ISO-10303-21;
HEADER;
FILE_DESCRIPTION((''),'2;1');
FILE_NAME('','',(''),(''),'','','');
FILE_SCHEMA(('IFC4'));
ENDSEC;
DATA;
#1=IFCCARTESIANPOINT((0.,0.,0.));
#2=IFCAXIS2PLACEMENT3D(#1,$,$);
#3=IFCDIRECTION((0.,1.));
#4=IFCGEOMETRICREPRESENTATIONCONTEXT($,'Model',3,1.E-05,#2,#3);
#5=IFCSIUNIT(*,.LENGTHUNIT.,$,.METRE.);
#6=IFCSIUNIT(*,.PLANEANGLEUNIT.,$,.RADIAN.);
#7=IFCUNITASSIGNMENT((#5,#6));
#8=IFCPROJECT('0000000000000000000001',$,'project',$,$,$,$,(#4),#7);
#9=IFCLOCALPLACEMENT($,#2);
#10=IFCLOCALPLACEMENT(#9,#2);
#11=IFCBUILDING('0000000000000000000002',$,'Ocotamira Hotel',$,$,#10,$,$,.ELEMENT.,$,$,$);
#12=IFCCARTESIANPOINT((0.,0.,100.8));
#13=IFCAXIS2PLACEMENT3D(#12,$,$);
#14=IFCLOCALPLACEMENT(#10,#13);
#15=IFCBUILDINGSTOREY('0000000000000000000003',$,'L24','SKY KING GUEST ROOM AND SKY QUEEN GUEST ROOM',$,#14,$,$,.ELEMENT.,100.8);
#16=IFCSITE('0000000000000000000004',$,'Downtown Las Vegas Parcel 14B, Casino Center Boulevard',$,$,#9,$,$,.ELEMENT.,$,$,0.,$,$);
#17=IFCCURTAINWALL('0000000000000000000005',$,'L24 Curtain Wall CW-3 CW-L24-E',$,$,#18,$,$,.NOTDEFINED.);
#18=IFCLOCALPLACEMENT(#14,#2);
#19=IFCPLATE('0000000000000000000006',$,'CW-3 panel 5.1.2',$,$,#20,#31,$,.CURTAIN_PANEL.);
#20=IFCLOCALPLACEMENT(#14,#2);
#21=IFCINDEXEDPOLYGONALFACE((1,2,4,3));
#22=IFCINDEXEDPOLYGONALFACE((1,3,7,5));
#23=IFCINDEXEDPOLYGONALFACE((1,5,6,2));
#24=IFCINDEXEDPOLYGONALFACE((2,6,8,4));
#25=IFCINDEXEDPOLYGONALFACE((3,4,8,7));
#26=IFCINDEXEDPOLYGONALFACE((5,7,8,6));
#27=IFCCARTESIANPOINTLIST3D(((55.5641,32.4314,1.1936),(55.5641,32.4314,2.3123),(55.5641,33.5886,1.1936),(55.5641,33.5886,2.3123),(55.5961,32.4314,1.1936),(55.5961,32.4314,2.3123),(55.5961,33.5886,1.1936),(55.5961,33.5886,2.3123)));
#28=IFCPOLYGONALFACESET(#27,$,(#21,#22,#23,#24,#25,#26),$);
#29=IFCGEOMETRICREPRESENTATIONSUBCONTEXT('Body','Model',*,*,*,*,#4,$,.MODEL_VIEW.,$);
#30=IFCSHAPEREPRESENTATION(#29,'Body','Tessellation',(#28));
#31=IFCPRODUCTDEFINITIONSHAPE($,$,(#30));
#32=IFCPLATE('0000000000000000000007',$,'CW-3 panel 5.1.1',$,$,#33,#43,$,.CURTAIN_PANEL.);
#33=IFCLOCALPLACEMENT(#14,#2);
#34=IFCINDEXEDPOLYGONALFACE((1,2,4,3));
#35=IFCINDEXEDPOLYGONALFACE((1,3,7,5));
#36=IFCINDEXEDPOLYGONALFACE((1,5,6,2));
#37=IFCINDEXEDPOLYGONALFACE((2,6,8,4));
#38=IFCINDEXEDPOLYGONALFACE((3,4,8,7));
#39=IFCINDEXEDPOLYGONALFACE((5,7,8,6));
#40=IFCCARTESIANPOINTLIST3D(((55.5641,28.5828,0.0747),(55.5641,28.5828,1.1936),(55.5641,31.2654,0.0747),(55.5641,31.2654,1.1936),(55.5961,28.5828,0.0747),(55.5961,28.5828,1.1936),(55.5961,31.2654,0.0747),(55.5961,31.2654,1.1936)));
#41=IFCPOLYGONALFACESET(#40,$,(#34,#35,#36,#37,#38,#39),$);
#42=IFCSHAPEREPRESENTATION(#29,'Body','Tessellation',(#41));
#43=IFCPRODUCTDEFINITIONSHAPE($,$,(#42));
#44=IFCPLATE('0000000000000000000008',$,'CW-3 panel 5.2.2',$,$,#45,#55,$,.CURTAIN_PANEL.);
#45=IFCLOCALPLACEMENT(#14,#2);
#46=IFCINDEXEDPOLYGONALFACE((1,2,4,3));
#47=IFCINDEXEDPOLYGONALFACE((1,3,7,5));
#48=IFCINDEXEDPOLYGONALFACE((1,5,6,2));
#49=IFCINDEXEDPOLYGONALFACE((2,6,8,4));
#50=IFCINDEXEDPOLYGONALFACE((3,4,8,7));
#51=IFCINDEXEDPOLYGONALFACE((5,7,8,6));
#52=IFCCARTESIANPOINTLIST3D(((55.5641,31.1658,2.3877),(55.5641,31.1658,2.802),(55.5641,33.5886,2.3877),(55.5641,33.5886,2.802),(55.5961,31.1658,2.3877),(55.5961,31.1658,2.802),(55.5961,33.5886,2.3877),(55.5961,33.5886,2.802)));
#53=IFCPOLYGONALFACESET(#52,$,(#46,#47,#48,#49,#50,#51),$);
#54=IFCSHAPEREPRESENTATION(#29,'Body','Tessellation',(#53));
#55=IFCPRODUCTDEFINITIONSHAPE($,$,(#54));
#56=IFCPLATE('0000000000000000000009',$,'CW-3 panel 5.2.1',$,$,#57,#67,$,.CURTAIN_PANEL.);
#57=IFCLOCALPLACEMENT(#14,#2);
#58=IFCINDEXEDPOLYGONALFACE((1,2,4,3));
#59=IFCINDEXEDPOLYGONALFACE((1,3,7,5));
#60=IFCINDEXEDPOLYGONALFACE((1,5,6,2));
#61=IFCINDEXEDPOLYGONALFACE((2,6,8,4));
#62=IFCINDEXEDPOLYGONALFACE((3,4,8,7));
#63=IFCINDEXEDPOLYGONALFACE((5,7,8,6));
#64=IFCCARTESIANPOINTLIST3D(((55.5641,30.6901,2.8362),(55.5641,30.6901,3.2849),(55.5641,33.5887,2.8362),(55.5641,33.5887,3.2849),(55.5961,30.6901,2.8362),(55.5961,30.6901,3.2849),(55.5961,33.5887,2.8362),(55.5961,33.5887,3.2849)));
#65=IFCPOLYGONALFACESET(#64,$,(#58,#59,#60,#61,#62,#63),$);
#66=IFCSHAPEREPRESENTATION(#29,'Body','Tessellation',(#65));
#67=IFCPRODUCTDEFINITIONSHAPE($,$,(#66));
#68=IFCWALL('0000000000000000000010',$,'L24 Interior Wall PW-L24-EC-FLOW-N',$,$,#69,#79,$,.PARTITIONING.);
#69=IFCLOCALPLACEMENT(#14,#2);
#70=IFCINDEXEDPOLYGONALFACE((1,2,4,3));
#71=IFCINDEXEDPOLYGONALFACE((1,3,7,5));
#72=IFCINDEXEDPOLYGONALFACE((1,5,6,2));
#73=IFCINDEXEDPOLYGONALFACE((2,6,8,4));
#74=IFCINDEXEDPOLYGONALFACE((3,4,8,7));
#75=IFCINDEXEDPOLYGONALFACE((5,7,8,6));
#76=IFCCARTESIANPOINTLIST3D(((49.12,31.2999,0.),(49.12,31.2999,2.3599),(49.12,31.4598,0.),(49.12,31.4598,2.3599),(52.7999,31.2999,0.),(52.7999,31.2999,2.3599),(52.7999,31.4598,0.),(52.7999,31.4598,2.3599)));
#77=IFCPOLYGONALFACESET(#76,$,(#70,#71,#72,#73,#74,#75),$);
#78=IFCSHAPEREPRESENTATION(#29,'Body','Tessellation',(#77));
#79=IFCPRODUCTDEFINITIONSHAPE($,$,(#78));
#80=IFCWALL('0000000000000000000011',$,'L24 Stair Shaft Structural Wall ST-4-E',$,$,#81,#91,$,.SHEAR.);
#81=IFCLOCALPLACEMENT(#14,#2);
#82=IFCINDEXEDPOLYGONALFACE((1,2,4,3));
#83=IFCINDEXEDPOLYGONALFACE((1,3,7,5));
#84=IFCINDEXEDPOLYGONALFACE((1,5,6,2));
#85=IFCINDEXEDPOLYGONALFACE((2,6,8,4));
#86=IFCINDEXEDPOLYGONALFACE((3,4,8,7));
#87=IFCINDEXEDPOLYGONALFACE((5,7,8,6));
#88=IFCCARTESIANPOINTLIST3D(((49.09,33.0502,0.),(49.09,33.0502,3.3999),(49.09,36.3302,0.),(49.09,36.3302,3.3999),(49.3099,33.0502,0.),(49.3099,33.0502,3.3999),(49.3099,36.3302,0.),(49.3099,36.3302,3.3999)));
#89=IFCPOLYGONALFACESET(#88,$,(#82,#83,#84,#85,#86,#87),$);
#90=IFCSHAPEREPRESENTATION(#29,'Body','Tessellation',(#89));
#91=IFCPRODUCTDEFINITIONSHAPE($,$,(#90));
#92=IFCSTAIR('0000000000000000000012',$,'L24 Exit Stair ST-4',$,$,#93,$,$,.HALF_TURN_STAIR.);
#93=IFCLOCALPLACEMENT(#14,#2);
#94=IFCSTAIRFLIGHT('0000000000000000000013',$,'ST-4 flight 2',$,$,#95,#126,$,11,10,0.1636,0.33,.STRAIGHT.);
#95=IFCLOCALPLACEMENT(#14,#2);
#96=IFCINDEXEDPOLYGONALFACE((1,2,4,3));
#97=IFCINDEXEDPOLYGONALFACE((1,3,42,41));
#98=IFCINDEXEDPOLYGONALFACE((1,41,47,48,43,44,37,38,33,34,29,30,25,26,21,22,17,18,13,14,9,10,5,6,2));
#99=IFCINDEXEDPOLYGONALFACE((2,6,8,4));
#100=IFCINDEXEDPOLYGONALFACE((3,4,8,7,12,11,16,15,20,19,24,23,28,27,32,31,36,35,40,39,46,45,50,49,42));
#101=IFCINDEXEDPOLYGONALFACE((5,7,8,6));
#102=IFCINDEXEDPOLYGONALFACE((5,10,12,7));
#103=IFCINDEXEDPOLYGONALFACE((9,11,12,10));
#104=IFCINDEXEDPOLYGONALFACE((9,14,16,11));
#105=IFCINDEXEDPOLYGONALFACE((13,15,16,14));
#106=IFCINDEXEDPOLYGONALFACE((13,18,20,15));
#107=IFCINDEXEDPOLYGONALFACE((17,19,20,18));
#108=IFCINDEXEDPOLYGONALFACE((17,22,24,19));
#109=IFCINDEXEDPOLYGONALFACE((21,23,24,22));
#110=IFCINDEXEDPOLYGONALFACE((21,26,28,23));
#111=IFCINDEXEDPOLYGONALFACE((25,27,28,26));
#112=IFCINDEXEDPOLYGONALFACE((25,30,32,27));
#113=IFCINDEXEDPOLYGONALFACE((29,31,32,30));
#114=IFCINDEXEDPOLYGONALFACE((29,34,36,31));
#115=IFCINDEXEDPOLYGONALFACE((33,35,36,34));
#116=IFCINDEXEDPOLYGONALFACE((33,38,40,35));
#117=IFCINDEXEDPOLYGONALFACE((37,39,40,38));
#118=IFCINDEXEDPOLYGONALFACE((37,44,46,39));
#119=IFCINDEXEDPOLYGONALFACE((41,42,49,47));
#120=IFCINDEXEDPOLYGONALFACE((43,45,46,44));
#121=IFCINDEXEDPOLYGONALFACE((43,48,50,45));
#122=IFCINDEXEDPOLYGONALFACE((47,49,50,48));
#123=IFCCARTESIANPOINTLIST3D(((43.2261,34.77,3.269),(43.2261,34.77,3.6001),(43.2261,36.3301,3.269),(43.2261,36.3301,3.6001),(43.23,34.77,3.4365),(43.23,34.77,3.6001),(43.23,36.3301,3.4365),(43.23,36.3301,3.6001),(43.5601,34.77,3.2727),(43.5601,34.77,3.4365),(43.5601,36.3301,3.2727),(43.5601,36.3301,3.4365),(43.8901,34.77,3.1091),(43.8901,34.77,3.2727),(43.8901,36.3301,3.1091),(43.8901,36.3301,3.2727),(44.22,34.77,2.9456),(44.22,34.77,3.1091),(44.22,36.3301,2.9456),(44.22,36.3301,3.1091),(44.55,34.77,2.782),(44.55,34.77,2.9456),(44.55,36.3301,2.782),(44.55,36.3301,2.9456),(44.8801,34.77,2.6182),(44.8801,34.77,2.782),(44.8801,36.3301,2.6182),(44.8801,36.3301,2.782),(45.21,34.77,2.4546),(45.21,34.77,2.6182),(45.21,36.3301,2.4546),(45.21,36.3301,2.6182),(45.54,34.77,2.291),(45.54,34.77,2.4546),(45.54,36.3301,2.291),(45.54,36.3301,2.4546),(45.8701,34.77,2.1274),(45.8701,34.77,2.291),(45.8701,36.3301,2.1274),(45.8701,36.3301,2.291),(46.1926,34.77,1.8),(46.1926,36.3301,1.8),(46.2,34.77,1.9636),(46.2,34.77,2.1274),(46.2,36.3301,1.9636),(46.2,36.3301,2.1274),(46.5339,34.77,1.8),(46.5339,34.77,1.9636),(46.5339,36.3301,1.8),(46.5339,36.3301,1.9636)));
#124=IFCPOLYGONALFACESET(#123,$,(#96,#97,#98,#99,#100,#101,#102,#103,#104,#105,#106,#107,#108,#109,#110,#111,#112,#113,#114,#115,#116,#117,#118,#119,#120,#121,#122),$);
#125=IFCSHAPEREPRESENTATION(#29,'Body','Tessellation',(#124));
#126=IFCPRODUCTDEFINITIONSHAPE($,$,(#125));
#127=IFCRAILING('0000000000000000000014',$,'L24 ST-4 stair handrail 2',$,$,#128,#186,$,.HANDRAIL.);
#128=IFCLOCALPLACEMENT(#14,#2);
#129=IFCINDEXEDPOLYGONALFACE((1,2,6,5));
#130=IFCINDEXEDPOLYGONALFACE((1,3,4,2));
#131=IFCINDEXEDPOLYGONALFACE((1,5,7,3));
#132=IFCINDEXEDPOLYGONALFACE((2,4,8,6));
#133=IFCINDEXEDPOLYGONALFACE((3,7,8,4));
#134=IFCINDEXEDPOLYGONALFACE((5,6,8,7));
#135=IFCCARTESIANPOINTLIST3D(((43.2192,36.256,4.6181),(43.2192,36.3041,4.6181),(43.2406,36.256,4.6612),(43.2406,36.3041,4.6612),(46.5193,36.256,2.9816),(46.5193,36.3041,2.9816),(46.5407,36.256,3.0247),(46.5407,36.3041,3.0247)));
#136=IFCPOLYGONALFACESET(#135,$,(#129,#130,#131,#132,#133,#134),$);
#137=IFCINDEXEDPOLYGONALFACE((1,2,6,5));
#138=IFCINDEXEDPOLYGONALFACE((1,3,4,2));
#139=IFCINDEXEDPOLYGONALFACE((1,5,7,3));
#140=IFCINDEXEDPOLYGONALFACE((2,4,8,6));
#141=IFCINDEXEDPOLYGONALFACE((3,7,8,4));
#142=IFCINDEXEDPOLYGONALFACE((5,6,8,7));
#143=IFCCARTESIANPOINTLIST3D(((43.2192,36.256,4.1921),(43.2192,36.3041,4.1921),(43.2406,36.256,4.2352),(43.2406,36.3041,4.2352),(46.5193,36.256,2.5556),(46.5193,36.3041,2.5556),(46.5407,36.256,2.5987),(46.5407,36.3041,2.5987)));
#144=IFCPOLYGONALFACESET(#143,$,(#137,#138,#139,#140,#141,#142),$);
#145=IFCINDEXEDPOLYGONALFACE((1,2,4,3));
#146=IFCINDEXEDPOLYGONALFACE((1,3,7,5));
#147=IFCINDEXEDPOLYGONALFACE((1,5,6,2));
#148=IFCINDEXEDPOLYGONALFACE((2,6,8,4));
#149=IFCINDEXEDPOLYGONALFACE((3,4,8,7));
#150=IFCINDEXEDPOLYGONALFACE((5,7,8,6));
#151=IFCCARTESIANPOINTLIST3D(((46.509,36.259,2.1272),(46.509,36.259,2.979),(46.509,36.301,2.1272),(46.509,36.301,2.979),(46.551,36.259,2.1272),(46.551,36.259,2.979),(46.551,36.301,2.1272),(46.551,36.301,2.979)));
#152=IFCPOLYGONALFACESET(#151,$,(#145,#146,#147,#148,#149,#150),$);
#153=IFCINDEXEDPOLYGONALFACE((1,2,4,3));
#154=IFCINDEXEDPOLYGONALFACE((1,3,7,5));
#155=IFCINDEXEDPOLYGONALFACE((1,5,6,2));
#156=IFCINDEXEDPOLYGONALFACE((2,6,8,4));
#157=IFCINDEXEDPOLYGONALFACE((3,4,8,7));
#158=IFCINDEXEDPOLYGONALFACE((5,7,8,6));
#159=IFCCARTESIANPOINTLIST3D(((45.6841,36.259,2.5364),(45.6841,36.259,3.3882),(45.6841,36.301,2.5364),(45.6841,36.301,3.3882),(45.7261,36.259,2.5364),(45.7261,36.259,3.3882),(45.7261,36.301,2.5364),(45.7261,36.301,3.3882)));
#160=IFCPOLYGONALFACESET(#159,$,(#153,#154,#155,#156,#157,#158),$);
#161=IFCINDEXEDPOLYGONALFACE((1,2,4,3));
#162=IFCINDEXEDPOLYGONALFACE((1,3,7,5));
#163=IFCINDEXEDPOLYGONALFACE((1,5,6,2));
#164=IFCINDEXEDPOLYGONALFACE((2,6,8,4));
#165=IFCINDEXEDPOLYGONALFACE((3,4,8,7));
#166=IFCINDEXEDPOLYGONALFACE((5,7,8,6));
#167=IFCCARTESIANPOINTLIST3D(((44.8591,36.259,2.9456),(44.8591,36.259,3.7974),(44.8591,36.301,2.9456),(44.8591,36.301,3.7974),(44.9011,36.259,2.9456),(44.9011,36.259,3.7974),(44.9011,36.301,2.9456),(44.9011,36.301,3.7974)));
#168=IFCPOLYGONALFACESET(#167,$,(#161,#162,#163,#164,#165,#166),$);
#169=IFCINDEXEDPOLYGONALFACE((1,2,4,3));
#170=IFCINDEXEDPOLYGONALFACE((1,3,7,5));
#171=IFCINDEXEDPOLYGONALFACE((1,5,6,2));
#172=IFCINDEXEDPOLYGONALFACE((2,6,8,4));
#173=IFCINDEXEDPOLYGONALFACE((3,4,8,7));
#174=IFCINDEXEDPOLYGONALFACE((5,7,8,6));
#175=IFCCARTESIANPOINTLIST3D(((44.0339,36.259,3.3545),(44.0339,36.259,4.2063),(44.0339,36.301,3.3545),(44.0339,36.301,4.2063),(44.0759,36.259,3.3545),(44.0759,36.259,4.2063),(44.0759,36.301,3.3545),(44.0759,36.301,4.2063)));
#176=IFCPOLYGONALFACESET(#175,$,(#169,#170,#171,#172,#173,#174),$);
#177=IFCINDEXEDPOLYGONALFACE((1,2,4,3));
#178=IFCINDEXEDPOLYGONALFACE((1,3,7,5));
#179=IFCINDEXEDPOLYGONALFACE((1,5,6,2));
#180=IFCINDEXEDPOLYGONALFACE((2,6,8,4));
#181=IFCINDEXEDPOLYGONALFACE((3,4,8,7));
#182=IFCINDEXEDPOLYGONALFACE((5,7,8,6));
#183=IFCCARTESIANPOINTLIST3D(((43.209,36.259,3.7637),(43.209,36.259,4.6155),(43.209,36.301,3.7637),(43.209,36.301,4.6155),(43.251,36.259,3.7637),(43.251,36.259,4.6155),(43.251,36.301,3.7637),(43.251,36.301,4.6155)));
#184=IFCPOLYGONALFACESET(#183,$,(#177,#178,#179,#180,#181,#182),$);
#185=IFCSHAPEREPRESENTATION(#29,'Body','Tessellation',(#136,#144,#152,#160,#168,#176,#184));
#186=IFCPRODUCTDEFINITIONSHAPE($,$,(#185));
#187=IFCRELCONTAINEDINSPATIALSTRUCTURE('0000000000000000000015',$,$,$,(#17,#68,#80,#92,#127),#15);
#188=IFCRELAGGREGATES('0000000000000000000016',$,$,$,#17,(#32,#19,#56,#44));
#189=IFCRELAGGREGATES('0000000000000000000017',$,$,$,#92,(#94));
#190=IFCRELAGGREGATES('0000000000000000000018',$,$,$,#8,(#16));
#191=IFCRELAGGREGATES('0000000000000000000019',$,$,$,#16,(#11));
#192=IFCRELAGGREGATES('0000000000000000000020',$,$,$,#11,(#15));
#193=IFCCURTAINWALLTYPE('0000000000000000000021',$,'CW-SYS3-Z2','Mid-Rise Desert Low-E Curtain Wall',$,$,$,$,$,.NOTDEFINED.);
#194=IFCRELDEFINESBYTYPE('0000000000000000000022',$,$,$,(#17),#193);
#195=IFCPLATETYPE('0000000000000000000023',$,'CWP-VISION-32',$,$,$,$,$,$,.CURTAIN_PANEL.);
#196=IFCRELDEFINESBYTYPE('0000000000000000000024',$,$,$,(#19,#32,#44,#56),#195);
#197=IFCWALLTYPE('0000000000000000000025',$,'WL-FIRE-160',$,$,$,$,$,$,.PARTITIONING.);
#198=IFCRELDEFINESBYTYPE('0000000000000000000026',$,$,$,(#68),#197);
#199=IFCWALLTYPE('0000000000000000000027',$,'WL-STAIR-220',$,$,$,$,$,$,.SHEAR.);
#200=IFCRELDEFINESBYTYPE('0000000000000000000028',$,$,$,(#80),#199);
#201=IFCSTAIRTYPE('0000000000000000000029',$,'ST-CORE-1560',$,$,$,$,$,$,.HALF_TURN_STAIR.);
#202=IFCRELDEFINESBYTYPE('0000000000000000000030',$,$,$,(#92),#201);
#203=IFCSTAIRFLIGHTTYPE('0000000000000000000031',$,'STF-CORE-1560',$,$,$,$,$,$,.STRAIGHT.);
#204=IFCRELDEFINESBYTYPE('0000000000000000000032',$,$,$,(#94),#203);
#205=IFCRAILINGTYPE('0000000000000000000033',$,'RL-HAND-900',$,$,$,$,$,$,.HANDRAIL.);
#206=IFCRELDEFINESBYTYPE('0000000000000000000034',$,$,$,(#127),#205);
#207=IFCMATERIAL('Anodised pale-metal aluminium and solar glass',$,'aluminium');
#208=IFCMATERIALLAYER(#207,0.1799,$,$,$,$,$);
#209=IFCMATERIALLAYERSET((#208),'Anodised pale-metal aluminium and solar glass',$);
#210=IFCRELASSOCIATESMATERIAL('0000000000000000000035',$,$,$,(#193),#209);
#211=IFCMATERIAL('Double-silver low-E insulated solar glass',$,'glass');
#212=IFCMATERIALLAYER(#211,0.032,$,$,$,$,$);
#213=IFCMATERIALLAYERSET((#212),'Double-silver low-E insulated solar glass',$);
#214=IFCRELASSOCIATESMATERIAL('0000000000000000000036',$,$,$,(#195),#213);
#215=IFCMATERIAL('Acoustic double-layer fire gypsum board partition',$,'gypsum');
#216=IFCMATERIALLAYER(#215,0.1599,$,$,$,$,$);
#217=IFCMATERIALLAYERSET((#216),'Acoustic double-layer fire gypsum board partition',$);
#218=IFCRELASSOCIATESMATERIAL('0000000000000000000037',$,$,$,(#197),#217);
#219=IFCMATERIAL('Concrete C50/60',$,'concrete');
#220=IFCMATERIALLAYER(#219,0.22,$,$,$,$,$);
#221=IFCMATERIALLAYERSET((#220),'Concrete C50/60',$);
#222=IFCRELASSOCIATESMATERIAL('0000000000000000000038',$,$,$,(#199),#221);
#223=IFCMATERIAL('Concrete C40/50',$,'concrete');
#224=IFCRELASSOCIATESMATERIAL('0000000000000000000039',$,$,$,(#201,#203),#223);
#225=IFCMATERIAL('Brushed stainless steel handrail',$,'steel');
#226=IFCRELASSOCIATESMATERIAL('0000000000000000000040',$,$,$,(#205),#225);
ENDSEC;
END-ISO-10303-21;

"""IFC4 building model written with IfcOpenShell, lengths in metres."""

from ifc_helpers import new_model, si_unit, direction, frame, frame_2d, origin, origin_2d, place, context, subcontext, project, spatial, polyline, rectangle, outline, extrude, source, transform, mapped, material, layer, layer_set, type_object, element, aggregate, save


model = new_model("IFC4")

# Units and contexts
model_context = context("Model", 3, precision=1e-05, world=origin(), true_north=direction((0.0, 1.0)))
body_context = subcontext(model_context, "Body", "Model", "MODEL_VIEW")
ifc_project = project(units=[si_unit("LENGTHUNIT", "METRE"), si_unit("PLANEANGLEUNIT", "RADIAN")], contexts=[model_context])

# Site, building, storey
site_placement = place(None, origin())
site = spatial("IfcSite", under=ifc_project, at=site_placement, Name="Downtown Las Vegas Parcel 14B, Casino Center Boulevard", CompositionType="ELEMENT", RefElevation=0.0)
building_placement = place(site_placement, origin())
building = spatial("IfcBuilding", under=site, at=building_placement, Name="Ocotamira Hotel", CompositionType="ELEMENT")
storey_placement = place(building_placement, frame((0.0, 0.0, 100.8)))
storey = spatial("IfcBuildingStorey", under=building, at=storey_placement, Name="L24", Description="SKY KING GUEST ROOM AND SKY QUEEN GUEST ROOM", CompositionType="ELEMENT", Elevation=100.8)

# Curtain wall
ifc_material_1 = material(Name="Anodised pale-metal aluminium and solar glass", Category="aluminium")
ifc_layer_1 = layer(ifc_material_1, 0.1799)
ifc_layer_set_1 = layer_set([ifc_layer_1], Name="Anodised pale-metal aluminium and solar glass")
curtain_wall_type = type_object("IfcCurtainWallType", Name="CW-SYS3-Z2", Description="Mid-Rise Desert Low-E Curtain Wall", PredefinedType="NOTDEFINED", material=ifc_layer_set_1)
curtain_wall_placement = place(storey_placement, origin())
curtain_wall = element("IfcCurtainWall", 1, at=curtain_wall_placement, inside=storey, type_object=curtain_wall_type, Name="L24 Curtain Wall CW-3 CW-L24-E", PredefinedType="NOTDEFINED")

# Plates
ifc_material_2 = material(Name="Double-silver low-E insulated solar glass", Category="glass")
ifc_layer_2 = layer(ifc_material_2, 0.032)
ifc_layer_set_2 = layer_set([ifc_layer_2], Name="Double-silver low-E insulated solar glass")
plate_type_1 = type_object("IfcPlateType", Name="CWP-VISION-32", PredefinedType="CURTAIN_PANEL", material=ifc_layer_set_2)
shared_shape_1 = source(origin(), body_context, "Body", "SweptSolid", [
    extrude(rectangle(XDim=1.1572, YDim=0.032, at=origin_2d()), origin(), (0.0, 0.0, 1.0), 1.1187),
])
plate_1_placement = place(storey_placement, frame((55.5801, 33.01, 1.1936), z_axis=(0.0, 0.0, 1.0), x_axis=(0.0, 1.0, 0.0)))
plate_1 = element("IfcPlate", 2, at=plate_1_placement, type_object=plate_type_1, Name="CW-3 panel 5.1.2", PredefinedType="CURTAIN_PANEL", context=body_context, shape_type="MappedRepresentation", body=[
    mapped(shared_shape_1, transform((0.0, 0.0, 0.0), scale=1.0)),
])
shared_shape_2 = source(origin(), body_context, "Body", "SweptSolid", [
    extrude(rectangle(XDim=2.6826, YDim=0.032, at=origin_2d()), origin(), (0.0, 0.0, 1.0), 1.1189),
])
plate_2_placement = place(storey_placement, frame((55.5801, 29.9241, 0.0747), z_axis=(0.0, 0.0, 1.0), x_axis=(0.0, 1.0, 0.0)))
plate_2 = element("IfcPlate", 3, at=plate_2_placement, type_object=plate_type_1, Name="CW-3 panel 5.1.1", PredefinedType="CURTAIN_PANEL", context=body_context, shape_type="MappedRepresentation", body=[
    mapped(shared_shape_2, transform((0.0, 0.0, 0.0), scale=1.0)),
])
shared_shape_3 = source(origin(), body_context, "Body", "SweptSolid", [
    extrude(rectangle(XDim=2.4229, YDim=0.032, at=origin_2d()), origin(), (0.0, 0.0, 1.0), 0.4143),
])
plate_3_placement = place(storey_placement, frame((55.5801, 32.3772, 2.3877), z_axis=(0.0, 0.0, 1.0), x_axis=(0.0, 1.0, 0.0)))
plate_3 = element("IfcPlate", 4, at=plate_3_placement, type_object=plate_type_1, Name="CW-3 panel 5.2.2", PredefinedType="CURTAIN_PANEL", context=body_context, shape_type="MappedRepresentation", body=[
    mapped(shared_shape_3, transform((0.0, 0.0, 0.0), scale=1.0)),
])
shared_shape_4 = source(origin(), body_context, "Body", "SweptSolid", [
    extrude(rectangle(XDim=2.8987, YDim=0.032, at=origin_2d()), origin(), (0.0, 0.0, 1.0), 0.4487),
])
plate_4_placement = place(storey_placement, frame((55.5801, 32.1394, 2.8362), z_axis=(0.0, 0.0, 1.0), x_axis=(0.0, 1.0, 0.0)))
plate_4 = element("IfcPlate", 5, at=plate_4_placement, type_object=plate_type_1, Name="CW-3 panel 5.2.1", PredefinedType="CURTAIN_PANEL", context=body_context, shape_type="MappedRepresentation", body=[
    mapped(shared_shape_4, transform((0.0, 0.0, 0.0), scale=1.0)),
])
aggregate(curtain_wall, [plate_2, plate_1, plate_4, plate_3])

# Wall
ifc_material_3 = material(Name="Acoustic double-layer fire gypsum board partition", Category="gypsum")
ifc_layer_3 = layer(ifc_material_3, 0.1599)
ifc_layer_set_3 = layer_set([ifc_layer_3], Name="Acoustic double-layer fire gypsum board partition")
wall_type_1 = type_object("IfcWallType", Name="WL-FIRE-160", PredefinedType="PARTITIONING", material=ifc_layer_set_3)
wall_1_placement = place(storey_placement, frame((49.1201, 31.3799, 0.0), z_axis=(0.0, 0.0, 1.0), x_axis=(1.0, 0.0, 0.0)))
element("IfcWall", 6, at=wall_1_placement, inside=storey, type_object=wall_type_1, Name="L24 Interior Wall PW-L24-EC-FLOW-N", PredefinedType="PARTITIONING", context=body_context, shape_type="SweptSolid", body=[
    extrude(rectangle(XDim=3.6799, YDim=0.1599, at=frame_2d((1.8398, 0.0))), origin(), (0.0, 0.0, 1.0), 2.3599),
])

# Wall
ifc_material_4 = material(Name="Concrete C50/60", Category="concrete")
ifc_layer_4 = layer(ifc_material_4, 0.22)
ifc_layer_set_4 = layer_set([ifc_layer_4], Name="Concrete C50/60")
wall_type_2 = type_object("IfcWallType", Name="WL-STAIR-220", PredefinedType="SHEAR", material=ifc_layer_set_4)
wall_2_placement = place(storey_placement, frame((49.2, 33.05, 0.0), z_axis=(0.0, 0.0, 1.0), x_axis=(0.0, 1.0, 0.0)))
element("IfcWall", 7, at=wall_2_placement, inside=storey, type_object=wall_type_2, Name="L24 Stair Shaft Structural Wall ST-4-E", PredefinedType="SHEAR", context=body_context, shape_type="SweptSolid", body=[
    extrude(rectangle(XDim=3.28, YDim=0.22, at=frame_2d((1.6401, 0.0))), origin(), (0.0, 0.0, 1.0), 3.3999),
])

# Stair, stair flight
ifc_material_5 = material(Name="Concrete C40/50", Category="concrete")
stair_type = type_object("IfcStairType", Name="ST-CORE-1560", PredefinedType="HALF_TURN_STAIR", material=ifc_material_5)
stair_placement = place(storey_placement, origin())
stair = element("IfcStair", 8, at=stair_placement, inside=storey, type_object=stair_type, Name="L24 Exit Stair ST-4", PredefinedType="HALF_TURN_STAIR")
stair_flight_type = type_object("IfcStairFlightType", Name="STF-CORE-1560", PredefinedType="STRAIGHT", material=ifc_material_5)
shared_shape_5 = source(origin(), body_context, "Body", "SweptSolid", [
    extrude(outline(polyline([(-0.0039, 0.0), (-0.0039, 0.1636), (0.3301, 0.1636), (0.3301, 0.3274), (0.6599, 0.3274), (0.6599, 0.491), (0.99, 0.491), (0.99, 0.6545), (1.3201, 0.6545), (1.3201, 0.8181), (1.6499, 0.8181), (1.6499, 0.9819), (1.98, 0.9819), (1.98, 1.1455), (2.3101, 1.1455), (2.3101, 1.3091), (2.6399, 1.3091), (2.6399, 1.4727), (2.97, 1.4727), (2.97, 1.6365), (3.3, 1.6365), (3.3, 1.8), (3.304, 1.8), (3.304, 1.469), (0.3374, 0.0), (-0.0039, 0.0)])), frame((0.0, 0.78, 0.0), z_axis=(0.0, -1.0, 0.0), x_axis=(1.0, 0.0, 0.0)), (0.0, 0.0, 1.0), 1.5601),
])
stair_flight_placement = place(storey_placement, frame((46.53, 35.55, 1.8), z_axis=(0.0, 0.0, 1.0), x_axis=(-1.0, 0.0, 0.0)))
stair_flight = element("IfcStairFlight", 9, at=stair_flight_placement, type_object=stair_flight_type, Name="ST-4 flight 2", NumberOfRisers=11, NumberOfTreads=10, PredefinedType="STRAIGHT", RiserHeight=0.1636, TreadLength=0.33, context=body_context, shape_type="MappedRepresentation", body=[
    mapped(shared_shape_5, transform((0.0, 0.0, 0.0), scale=1.0)),
])
aggregate(stair, [stair_flight])

# Railing
ifc_material_6 = material(Name="Brushed stainless steel handrail", Category="steel")
railing_type_1 = type_object("IfcRailingType", Name="RL-HAND-900", PredefinedType="HANDRAIL", material=ifc_material_6)
railing_1_placement = place(storey_placement, frame((46.53, 36.28, 2.1272)))
element("IfcRailing", 10, at=railing_1_placement, inside=storey, type_object=railing_type_1, Name="L24 ST-4 stair handrail 2", PredefinedType="HANDRAIL", context=body_context, shape_type="SweptSolid", body=[
    extrude(rectangle(XDim=0.0481, YDim=0.0481, at=origin_2d()), frame((0.0, 0.0, 0.876), z_axis=(-0.895894, 0.0, 0.444268), x_axis=(0.0, -1.0, 0.0)), (0.0, 0.0, 1.0), 3.6836),
    extrude(rectangle(XDim=0.0481, YDim=0.0481, at=origin_2d()), frame((0.0, 0.0, 0.45), z_axis=(-0.895894, 0.0, 0.444268), x_axis=(0.0, -1.0, 0.0)), (0.0, 0.0, 1.0), 3.6836),
    extrude(rectangle(XDim=0.042, YDim=0.042, at=origin_2d()), origin(), (0.0, 0.0, 1.0), 0.8518),
    extrude(rectangle(XDim=0.042, YDim=0.042, at=origin_2d()), frame((-0.825, 0.0, 0.4092)), (0.0, 0.0, 1.0), 0.8518),
    extrude(rectangle(XDim=0.042, YDim=0.042, at=origin_2d()), frame((-1.6499, 0.0, 0.8184)), (0.0, 0.0, 1.0), 0.8518),
    extrude(rectangle(XDim=0.042, YDim=0.042, at=origin_2d()), frame((-2.4751, 0.0, 1.2273)), (0.0, 0.0, 1.0), 0.8518),
    extrude(rectangle(XDim=0.042, YDim=0.042, at=origin_2d()), frame((-3.3, 0.0, 1.6365)), (0.0, 0.0, 1.0), 0.8518),
])

save(model, "model.ifc")
